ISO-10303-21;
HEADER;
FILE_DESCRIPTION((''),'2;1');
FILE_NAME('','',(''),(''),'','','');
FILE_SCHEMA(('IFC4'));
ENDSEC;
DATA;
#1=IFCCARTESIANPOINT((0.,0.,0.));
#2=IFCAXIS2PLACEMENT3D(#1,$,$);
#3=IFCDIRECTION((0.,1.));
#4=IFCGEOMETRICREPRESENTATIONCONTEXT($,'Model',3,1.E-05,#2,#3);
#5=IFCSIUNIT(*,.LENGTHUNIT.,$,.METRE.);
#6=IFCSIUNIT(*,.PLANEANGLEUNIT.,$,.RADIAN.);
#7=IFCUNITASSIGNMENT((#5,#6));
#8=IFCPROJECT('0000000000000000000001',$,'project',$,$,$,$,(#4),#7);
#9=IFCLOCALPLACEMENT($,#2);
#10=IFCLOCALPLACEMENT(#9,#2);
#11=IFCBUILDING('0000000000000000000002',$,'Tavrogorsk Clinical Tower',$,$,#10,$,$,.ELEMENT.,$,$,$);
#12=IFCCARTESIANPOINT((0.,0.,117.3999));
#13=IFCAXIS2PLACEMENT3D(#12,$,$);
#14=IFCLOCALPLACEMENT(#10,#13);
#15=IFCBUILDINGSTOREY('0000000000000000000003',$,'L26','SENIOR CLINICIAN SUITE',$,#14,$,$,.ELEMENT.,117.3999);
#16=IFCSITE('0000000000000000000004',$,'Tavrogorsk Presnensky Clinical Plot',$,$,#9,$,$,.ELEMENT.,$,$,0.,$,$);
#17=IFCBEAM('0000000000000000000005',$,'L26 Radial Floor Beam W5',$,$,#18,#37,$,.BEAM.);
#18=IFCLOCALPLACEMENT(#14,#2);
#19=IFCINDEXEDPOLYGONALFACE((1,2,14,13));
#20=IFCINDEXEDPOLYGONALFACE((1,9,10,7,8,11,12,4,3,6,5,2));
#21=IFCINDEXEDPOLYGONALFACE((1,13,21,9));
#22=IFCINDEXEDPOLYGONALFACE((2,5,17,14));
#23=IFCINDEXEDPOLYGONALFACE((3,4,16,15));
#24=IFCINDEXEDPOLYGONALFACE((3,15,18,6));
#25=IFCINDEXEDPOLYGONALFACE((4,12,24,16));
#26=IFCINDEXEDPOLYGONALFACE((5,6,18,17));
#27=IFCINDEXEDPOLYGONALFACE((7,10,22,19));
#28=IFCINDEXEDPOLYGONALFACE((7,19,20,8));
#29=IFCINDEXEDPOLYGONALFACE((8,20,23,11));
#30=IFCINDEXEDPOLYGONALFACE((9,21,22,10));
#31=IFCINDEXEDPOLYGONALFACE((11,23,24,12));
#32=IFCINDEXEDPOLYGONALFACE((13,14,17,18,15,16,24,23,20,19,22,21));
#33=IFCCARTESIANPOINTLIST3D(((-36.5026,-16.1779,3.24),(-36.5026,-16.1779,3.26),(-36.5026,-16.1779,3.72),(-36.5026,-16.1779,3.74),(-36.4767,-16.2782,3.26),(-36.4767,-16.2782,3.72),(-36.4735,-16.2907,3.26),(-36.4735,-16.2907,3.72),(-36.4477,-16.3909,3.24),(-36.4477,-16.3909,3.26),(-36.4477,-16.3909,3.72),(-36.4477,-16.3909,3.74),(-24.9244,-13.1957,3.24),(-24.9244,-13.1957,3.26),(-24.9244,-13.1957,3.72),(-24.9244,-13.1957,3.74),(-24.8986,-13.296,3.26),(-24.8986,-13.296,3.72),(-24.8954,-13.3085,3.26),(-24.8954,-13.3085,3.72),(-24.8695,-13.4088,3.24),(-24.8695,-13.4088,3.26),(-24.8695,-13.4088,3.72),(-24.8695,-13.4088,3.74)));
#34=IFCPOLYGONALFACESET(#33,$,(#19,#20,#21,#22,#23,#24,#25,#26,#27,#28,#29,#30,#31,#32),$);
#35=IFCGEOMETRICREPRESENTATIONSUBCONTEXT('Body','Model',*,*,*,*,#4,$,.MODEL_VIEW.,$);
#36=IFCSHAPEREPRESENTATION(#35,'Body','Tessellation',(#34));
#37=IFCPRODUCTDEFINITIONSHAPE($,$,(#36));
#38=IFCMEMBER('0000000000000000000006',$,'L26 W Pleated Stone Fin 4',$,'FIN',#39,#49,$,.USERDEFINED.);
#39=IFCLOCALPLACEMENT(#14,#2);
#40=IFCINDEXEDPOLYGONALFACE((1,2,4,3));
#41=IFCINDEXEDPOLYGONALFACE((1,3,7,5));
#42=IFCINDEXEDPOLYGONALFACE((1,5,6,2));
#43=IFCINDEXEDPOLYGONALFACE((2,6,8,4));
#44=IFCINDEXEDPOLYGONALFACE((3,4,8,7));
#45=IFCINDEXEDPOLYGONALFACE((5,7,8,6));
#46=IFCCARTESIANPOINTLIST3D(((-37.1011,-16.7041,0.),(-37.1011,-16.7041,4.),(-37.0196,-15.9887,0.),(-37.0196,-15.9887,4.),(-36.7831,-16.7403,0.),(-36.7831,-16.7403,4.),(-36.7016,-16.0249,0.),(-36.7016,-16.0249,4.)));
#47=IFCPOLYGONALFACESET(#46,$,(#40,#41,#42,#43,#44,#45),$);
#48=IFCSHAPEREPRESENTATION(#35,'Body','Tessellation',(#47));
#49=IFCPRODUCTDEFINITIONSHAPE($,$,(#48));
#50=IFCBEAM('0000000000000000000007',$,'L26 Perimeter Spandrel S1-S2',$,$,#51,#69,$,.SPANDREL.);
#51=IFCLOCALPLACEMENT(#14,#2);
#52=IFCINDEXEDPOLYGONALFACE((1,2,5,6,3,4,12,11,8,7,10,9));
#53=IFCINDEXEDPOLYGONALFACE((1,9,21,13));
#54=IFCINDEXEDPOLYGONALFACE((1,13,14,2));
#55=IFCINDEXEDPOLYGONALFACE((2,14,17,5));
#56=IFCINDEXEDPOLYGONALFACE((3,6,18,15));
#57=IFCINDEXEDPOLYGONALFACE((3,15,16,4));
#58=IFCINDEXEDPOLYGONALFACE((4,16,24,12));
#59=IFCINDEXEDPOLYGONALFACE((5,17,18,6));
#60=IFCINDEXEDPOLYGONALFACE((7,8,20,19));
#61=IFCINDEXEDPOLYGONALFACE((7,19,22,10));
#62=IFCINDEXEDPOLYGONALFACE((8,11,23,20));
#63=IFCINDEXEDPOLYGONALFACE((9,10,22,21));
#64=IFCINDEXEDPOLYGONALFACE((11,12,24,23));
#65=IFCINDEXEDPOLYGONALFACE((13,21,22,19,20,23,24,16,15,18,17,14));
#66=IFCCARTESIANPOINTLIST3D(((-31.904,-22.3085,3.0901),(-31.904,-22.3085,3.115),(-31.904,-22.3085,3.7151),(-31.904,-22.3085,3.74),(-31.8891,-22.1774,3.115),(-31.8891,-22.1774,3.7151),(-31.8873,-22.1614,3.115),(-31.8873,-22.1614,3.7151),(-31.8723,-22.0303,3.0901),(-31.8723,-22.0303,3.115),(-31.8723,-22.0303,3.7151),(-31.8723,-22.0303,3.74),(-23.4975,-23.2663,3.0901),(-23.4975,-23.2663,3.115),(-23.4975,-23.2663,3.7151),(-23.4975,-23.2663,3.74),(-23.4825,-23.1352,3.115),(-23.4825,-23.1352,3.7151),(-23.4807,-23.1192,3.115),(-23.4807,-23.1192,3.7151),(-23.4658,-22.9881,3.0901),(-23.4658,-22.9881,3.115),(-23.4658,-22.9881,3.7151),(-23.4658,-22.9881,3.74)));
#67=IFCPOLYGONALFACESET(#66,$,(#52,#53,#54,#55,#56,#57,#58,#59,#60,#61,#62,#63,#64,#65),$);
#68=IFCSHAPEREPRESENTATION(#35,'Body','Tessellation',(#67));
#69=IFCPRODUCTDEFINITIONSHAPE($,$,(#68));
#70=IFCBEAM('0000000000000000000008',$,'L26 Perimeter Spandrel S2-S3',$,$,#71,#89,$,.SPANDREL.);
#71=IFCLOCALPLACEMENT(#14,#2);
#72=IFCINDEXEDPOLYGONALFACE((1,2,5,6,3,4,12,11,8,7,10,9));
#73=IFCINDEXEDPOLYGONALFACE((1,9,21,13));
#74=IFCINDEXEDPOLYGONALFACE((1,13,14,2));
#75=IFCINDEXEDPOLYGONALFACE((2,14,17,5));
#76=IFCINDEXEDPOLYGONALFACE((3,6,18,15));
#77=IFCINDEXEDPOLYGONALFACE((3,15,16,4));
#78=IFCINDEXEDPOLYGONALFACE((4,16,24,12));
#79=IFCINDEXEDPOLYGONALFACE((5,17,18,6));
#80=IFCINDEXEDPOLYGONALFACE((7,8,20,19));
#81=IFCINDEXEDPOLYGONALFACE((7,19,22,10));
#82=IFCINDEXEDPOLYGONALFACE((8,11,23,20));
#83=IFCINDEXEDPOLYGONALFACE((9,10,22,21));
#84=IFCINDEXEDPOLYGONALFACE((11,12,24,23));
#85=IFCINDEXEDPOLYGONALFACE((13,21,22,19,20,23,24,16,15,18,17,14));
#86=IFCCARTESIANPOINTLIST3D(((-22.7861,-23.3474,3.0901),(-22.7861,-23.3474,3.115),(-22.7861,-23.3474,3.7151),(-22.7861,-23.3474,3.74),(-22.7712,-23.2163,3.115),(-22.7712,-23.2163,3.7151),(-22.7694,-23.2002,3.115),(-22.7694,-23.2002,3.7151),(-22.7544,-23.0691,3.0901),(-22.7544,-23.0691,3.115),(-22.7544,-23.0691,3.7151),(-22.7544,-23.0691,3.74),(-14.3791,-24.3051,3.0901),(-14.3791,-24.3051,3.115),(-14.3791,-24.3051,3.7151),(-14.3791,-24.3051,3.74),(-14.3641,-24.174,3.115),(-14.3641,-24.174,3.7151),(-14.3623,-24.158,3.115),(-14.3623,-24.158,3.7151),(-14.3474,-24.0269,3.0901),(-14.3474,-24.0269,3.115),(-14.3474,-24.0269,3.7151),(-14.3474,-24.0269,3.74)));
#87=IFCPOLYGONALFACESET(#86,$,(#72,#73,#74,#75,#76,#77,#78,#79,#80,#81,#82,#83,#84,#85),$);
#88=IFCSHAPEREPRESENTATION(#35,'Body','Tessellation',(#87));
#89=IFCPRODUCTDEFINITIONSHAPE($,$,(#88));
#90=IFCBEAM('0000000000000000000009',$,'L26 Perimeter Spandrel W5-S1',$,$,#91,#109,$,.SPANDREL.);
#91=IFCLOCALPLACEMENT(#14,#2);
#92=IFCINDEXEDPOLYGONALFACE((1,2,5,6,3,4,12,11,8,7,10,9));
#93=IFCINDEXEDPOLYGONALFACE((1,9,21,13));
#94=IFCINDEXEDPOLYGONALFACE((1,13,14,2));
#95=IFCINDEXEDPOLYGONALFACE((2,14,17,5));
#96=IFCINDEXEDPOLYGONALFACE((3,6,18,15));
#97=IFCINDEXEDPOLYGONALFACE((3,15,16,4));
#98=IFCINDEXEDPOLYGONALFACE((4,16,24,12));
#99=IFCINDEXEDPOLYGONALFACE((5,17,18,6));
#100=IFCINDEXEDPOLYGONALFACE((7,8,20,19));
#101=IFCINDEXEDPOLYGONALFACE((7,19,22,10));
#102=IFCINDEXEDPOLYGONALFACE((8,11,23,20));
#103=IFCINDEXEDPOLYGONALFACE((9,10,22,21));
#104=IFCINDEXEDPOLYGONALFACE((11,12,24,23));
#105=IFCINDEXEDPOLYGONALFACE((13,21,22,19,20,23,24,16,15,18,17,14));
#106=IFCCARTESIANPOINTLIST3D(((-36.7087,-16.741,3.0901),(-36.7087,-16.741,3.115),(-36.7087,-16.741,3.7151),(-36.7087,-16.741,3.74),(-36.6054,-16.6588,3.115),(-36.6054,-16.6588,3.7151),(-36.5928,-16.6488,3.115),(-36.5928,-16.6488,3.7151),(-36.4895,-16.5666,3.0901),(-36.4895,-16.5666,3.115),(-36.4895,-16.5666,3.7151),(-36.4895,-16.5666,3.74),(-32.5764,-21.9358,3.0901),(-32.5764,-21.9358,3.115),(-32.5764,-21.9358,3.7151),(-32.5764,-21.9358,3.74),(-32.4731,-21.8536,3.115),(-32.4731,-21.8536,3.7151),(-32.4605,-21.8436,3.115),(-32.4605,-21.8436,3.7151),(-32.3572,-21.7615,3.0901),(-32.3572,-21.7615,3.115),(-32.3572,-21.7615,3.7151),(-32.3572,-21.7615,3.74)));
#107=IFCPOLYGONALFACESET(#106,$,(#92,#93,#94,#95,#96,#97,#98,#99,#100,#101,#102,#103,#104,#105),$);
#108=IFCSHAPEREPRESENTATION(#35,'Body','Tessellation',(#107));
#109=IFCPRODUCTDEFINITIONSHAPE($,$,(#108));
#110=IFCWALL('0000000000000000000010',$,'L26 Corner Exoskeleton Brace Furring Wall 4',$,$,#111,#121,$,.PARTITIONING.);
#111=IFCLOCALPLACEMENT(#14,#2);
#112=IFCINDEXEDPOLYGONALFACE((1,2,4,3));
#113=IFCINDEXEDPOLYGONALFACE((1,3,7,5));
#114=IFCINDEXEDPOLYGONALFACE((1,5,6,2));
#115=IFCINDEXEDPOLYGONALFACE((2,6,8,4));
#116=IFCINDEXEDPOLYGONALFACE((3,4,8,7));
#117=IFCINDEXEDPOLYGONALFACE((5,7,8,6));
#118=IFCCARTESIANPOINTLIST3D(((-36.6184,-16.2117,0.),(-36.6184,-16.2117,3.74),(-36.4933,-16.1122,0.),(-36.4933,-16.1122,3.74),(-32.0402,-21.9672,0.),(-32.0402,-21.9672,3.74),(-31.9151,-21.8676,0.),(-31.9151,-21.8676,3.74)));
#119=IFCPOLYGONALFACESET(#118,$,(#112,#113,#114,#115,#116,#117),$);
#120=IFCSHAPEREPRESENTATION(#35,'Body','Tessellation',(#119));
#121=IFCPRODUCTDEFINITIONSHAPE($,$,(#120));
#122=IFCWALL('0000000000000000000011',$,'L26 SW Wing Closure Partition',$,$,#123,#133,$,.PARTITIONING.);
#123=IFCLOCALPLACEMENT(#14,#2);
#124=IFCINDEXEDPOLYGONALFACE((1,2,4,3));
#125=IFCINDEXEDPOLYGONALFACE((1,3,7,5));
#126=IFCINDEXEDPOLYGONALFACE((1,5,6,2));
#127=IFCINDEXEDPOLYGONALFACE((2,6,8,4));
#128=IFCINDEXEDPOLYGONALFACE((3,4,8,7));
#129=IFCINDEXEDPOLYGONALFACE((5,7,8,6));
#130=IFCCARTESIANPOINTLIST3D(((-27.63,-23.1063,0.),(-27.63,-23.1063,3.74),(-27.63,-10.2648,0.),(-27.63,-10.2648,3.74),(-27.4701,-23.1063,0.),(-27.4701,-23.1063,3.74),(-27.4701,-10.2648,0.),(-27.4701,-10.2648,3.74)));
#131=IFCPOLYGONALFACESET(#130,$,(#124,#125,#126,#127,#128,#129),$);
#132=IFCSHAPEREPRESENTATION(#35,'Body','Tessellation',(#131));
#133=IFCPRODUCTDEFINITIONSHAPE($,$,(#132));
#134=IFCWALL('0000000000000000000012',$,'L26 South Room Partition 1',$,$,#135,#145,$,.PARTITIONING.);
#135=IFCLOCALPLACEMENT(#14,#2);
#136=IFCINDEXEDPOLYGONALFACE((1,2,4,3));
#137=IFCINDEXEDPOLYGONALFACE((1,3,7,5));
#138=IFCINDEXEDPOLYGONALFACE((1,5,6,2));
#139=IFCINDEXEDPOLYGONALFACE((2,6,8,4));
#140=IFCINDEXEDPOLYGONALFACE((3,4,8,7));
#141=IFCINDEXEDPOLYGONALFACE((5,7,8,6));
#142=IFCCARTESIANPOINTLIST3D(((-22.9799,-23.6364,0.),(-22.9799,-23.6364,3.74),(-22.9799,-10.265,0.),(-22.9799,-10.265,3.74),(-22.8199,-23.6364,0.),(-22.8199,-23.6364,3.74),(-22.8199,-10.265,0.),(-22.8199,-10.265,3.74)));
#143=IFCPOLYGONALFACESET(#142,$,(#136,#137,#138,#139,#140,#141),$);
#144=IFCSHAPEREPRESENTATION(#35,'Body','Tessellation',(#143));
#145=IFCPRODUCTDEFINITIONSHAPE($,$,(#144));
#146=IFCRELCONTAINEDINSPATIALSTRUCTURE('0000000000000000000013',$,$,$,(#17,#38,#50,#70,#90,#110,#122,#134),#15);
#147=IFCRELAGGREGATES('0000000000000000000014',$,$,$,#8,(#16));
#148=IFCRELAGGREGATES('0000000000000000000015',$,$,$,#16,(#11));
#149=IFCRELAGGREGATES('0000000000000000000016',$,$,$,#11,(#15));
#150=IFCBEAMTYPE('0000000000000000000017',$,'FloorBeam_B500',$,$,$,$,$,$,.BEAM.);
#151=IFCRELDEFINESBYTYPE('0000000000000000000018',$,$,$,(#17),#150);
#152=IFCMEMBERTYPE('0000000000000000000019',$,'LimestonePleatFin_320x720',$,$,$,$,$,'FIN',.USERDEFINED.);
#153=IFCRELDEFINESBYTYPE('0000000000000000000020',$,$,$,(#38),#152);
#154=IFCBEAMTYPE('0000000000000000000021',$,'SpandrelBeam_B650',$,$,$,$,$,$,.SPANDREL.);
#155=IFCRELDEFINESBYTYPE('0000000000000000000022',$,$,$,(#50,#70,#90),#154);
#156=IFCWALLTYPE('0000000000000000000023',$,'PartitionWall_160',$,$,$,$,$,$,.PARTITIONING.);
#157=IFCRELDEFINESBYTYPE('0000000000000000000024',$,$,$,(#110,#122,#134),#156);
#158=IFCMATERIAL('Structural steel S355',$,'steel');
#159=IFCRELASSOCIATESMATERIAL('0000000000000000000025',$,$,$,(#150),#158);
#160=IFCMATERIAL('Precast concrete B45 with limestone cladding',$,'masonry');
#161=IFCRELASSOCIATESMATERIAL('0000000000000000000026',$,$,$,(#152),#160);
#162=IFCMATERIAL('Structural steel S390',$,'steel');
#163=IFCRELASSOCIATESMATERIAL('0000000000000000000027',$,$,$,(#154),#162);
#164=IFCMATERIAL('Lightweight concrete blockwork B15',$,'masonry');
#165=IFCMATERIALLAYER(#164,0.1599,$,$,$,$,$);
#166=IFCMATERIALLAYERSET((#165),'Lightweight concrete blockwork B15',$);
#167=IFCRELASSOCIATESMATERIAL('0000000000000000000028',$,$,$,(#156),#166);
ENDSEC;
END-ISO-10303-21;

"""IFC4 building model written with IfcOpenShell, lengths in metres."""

from ifc_helpers import new_model, si_unit, direction, frame, frame_2d, origin, origin_2d, place, context, subcontext, project, spatial, rectangle, i_section, extrude, material, layer, layer_set, material_profile, profile_set, type_object, element, save


model = new_model("IFC4")

# Units and contexts
model_context = context("Model", 3, precision=1e-05, world=origin(), true_north=direction((0.0, 1.0)))
body_context = subcontext(model_context, "Body", "Model", "MODEL_VIEW")
ifc_project = project(units=[si_unit("LENGTHUNIT", "METRE"), si_unit("PLANEANGLEUNIT", "RADIAN")], contexts=[model_context])

# Site, building, storey
site_placement = place(None, origin())
site = spatial("IfcSite", under=ifc_project, at=site_placement, Name="Tavrogorsk Presnensky Clinical Plot", CompositionType="ELEMENT", RefElevation=0.0)
building_placement = place(site_placement, origin())
building = spatial("IfcBuilding", under=site, at=building_placement, Name="Tavrogorsk Clinical Tower", CompositionType="ELEMENT")
storey_placement = place(building_placement, frame((0.0, 0.0, 117.3999)))
storey = spatial("IfcBuildingStorey", under=building, at=storey_placement, Name="L26", Description="SENIOR CLINICIAN SUITE", CompositionType="ELEMENT", Elevation=117.3999)

# Beam
ifc_material_1 = material(Name="Structural steel S355", Category="steel")
ifc_material_profile_1 = material_profile(ifc_material_1, i_section(OverallWidth=0.22, OverallDepth=0.5, WebThickness=0.0129, FlangeThickness=0.02, at=origin_2d()), Name="B-500x220x13x20")
ifc_profile_set_1 = profile_set([ifc_material_profile_1], Name="Structural steel S355")
beam_type_1 = type_object("IfcBeamType", Name="FloorBeam_B500", PredefinedType="BEAM", material=ifc_profile_set_1)
beam_1_placement = place(storey_placement, frame((-24.897, -13.3022, 3.49), z_axis=(-0.968393, -0.249429, 0.0), x_axis=(0.249429, -0.968393, 0.0)))
element("IfcBeam", 1, at=beam_1_placement, inside=storey, type_object=beam_type_1, Name="L26 Radial Floor Beam W5", PredefinedType="BEAM", context=body_context, shape_type="SweptSolid", body=[
    extrude(i_section(OverallWidth=0.22, OverallDepth=0.5, WebThickness=0.0129, FlangeThickness=0.02, at=origin_2d()), origin(), (0.0, 0.0, 1.0), 11.9561),
])

# Member
ifc_material_2 = material(Name="Precast concrete B45 with limestone cladding", Category="masonry")
ifc_material_profile_2 = material_profile(ifc_material_2, rectangle(XDim=0.3201, YDim=0.72, at=origin_2d()), Name="LIMESTONE-FIN-320x720")
ifc_profile_set_2 = profile_set([ifc_material_profile_2], Name="Precast concrete B45 with limestone cladding")
member_type_1 = type_object("IfcMemberType", Name="LimestonePleatFin_320x720", ElementType="FIN", PredefinedType="USERDEFINED", material=ifc_profile_set_2)
member_1_placement = place(storey_placement, frame((-36.9014, -16.3645, 0.0), z_axis=(0.0, 0.0, 1.0), x_axis=(0.993572, -0.113203, 0.0)))
element("IfcMember", 2, at=member_1_placement, inside=storey, type_object=member_type_1, Name="L26 W Pleated Stone Fin 4", ObjectType="FIN", PredefinedType="USERDEFINED", context=body_context, shape_type="SweptSolid", body=[
    extrude(rectangle(XDim=0.3201, YDim=0.72, at=origin_2d()), origin(), (0.0, 0.0, 1.0), 4.0),
])

# Beams
ifc_material_3 = material(Name="Structural steel S390", Category="steel")
ifc_material_profile_3 = material_profile(ifc_material_3, i_section(OverallWidth=0.28, OverallDepth=0.6499, WebThickness=0.0161, FlangeThickness=0.0249, at=origin_2d()), Name="B-650x280x16x25")
ifc_profile_set_3 = profile_set([ifc_material_profile_3], Name="Structural steel S390")
beam_type_2 = type_object("IfcBeamType", Name="SpandrelBeam_B650", PredefinedType="SPANDREL", material=ifc_profile_set_3)
beam_2_placement = place(storey_placement, frame((-31.8882, -22.1694, 3.415), z_axis=(0.993572, -0.113199, 0.0), x_axis=(0.113199, 0.993572, 0.0)))
element("IfcBeam", 3, at=beam_2_placement, inside=storey, type_object=beam_type_2, Name="L26 Perimeter Spandrel S1-S2", PredefinedType="SPANDREL", context=body_context, shape_type="SweptSolid", body=[
    extrude(i_section(OverallWidth=0.28, OverallDepth=0.6499, WebThickness=0.0161, FlangeThickness=0.0249, at=origin_2d()), origin(), (0.0, 0.0, 1.0), 8.4609),
])
beam_3_placement = place(storey_placement, frame((-22.7703, -23.2083, 3.415), z_axis=(0.993573, -0.113193, 0.0), x_axis=(0.113193, 0.993573, 0.0)))
element("IfcBeam", 4, at=beam_3_placement, inside=storey, type_object=beam_type_2, Name="L26 Perimeter Spandrel S2-S3", PredefinedType="SPANDREL", context=body_context, shape_type="SweptSolid", body=[
    extrude(i_section(OverallWidth=0.28, OverallDepth=0.6499, WebThickness=0.0161, FlangeThickness=0.0249, at=origin_2d()), origin(), (0.0, 0.0, 1.0), 8.4614),
])
beam_4_placement = place(storey_placement, frame((-36.5991, -16.6538, 3.415), z_axis=(0.622531, -0.782595, 0.0), x_axis=(0.782595, 0.622531, 0.0)))
element("IfcBeam", 5, at=beam_4_placement, inside=storey, type_object=beam_type_2, Name="L26 Perimeter Spandrel W5-S1", PredefinedType="SPANDREL", context=body_context, shape_type="SweptSolid", body=[
    extrude(i_section(OverallWidth=0.28, OverallDepth=0.6499, WebThickness=0.0161, FlangeThickness=0.0249, at=origin_2d()), origin(), (0.0, 0.0, 1.0), 6.6379),
])

# Walls
ifc_material_4 = material(Name="Lightweight concrete blockwork B15", Category="masonry")
ifc_layer_1 = layer(ifc_material_4, 0.1599)
ifc_layer_set_1 = layer_set([ifc_layer_1], Name="Lightweight concrete blockwork B15")
wall_type_1 = type_object("IfcWallType", Name="PartitionWall_160", PredefinedType="PARTITIONING", material=ifc_layer_set_1)
wall_1_placement = place(storey_placement, frame((-36.5559, -16.1619, 0.0), z_axis=(0.0, 0.0, 1.0), x_axis=(0.622523, -0.782602, 0.0)))
element("IfcWall", 6, at=wall_1_placement, inside=storey, type_object=wall_type_1, Name="L26 Corner Exoskeleton Brace Furring Wall 4", PredefinedType="PARTITIONING", context=body_context, shape_type="SweptSolid", body=[
    extrude(rectangle(XDim=7.3542, YDim=0.1599, at=frame_2d((3.6772, 0.0))), origin(), (0.0, 0.0, 1.0), 3.74),
])
wall_2_placement = place(storey_placement, frame((-27.55, -23.1064, 0.0), z_axis=(0.0, 0.0, 1.0), x_axis=(0.0, 1.0, 0.0)))
element("IfcWall", 7, at=wall_2_placement, inside=storey, type_object=wall_type_1, Name="L26 SW Wing Closure Partition", PredefinedType="PARTITIONING", context=body_context, shape_type="SweptSolid", body=[
    extrude(rectangle(XDim=12.8416, YDim=0.1599, at=frame_2d((6.4209, 0.0))), origin(), (0.0, 0.0, 1.0), 3.74),
])
wall_3_placement = place(storey_placement, frame((-22.8999, -23.6362, 0.0), z_axis=(0.0, 0.0, 1.0), x_axis=(0.0, 1.0, 0.0)))
element("IfcWall", 8, at=wall_3_placement, inside=storey, type_object=wall_type_1, Name="L26 South Room Partition 1", PredefinedType="PARTITIONING", context=body_context, shape_type="SweptSolid", body=[
    extrude(rectangle(XDim=13.3713, YDim=0.1599, at=frame_2d((6.6855, 0.0))), origin(), (0.0, 0.0, 1.0), 3.74),
])

save(model, "model.ifc")
